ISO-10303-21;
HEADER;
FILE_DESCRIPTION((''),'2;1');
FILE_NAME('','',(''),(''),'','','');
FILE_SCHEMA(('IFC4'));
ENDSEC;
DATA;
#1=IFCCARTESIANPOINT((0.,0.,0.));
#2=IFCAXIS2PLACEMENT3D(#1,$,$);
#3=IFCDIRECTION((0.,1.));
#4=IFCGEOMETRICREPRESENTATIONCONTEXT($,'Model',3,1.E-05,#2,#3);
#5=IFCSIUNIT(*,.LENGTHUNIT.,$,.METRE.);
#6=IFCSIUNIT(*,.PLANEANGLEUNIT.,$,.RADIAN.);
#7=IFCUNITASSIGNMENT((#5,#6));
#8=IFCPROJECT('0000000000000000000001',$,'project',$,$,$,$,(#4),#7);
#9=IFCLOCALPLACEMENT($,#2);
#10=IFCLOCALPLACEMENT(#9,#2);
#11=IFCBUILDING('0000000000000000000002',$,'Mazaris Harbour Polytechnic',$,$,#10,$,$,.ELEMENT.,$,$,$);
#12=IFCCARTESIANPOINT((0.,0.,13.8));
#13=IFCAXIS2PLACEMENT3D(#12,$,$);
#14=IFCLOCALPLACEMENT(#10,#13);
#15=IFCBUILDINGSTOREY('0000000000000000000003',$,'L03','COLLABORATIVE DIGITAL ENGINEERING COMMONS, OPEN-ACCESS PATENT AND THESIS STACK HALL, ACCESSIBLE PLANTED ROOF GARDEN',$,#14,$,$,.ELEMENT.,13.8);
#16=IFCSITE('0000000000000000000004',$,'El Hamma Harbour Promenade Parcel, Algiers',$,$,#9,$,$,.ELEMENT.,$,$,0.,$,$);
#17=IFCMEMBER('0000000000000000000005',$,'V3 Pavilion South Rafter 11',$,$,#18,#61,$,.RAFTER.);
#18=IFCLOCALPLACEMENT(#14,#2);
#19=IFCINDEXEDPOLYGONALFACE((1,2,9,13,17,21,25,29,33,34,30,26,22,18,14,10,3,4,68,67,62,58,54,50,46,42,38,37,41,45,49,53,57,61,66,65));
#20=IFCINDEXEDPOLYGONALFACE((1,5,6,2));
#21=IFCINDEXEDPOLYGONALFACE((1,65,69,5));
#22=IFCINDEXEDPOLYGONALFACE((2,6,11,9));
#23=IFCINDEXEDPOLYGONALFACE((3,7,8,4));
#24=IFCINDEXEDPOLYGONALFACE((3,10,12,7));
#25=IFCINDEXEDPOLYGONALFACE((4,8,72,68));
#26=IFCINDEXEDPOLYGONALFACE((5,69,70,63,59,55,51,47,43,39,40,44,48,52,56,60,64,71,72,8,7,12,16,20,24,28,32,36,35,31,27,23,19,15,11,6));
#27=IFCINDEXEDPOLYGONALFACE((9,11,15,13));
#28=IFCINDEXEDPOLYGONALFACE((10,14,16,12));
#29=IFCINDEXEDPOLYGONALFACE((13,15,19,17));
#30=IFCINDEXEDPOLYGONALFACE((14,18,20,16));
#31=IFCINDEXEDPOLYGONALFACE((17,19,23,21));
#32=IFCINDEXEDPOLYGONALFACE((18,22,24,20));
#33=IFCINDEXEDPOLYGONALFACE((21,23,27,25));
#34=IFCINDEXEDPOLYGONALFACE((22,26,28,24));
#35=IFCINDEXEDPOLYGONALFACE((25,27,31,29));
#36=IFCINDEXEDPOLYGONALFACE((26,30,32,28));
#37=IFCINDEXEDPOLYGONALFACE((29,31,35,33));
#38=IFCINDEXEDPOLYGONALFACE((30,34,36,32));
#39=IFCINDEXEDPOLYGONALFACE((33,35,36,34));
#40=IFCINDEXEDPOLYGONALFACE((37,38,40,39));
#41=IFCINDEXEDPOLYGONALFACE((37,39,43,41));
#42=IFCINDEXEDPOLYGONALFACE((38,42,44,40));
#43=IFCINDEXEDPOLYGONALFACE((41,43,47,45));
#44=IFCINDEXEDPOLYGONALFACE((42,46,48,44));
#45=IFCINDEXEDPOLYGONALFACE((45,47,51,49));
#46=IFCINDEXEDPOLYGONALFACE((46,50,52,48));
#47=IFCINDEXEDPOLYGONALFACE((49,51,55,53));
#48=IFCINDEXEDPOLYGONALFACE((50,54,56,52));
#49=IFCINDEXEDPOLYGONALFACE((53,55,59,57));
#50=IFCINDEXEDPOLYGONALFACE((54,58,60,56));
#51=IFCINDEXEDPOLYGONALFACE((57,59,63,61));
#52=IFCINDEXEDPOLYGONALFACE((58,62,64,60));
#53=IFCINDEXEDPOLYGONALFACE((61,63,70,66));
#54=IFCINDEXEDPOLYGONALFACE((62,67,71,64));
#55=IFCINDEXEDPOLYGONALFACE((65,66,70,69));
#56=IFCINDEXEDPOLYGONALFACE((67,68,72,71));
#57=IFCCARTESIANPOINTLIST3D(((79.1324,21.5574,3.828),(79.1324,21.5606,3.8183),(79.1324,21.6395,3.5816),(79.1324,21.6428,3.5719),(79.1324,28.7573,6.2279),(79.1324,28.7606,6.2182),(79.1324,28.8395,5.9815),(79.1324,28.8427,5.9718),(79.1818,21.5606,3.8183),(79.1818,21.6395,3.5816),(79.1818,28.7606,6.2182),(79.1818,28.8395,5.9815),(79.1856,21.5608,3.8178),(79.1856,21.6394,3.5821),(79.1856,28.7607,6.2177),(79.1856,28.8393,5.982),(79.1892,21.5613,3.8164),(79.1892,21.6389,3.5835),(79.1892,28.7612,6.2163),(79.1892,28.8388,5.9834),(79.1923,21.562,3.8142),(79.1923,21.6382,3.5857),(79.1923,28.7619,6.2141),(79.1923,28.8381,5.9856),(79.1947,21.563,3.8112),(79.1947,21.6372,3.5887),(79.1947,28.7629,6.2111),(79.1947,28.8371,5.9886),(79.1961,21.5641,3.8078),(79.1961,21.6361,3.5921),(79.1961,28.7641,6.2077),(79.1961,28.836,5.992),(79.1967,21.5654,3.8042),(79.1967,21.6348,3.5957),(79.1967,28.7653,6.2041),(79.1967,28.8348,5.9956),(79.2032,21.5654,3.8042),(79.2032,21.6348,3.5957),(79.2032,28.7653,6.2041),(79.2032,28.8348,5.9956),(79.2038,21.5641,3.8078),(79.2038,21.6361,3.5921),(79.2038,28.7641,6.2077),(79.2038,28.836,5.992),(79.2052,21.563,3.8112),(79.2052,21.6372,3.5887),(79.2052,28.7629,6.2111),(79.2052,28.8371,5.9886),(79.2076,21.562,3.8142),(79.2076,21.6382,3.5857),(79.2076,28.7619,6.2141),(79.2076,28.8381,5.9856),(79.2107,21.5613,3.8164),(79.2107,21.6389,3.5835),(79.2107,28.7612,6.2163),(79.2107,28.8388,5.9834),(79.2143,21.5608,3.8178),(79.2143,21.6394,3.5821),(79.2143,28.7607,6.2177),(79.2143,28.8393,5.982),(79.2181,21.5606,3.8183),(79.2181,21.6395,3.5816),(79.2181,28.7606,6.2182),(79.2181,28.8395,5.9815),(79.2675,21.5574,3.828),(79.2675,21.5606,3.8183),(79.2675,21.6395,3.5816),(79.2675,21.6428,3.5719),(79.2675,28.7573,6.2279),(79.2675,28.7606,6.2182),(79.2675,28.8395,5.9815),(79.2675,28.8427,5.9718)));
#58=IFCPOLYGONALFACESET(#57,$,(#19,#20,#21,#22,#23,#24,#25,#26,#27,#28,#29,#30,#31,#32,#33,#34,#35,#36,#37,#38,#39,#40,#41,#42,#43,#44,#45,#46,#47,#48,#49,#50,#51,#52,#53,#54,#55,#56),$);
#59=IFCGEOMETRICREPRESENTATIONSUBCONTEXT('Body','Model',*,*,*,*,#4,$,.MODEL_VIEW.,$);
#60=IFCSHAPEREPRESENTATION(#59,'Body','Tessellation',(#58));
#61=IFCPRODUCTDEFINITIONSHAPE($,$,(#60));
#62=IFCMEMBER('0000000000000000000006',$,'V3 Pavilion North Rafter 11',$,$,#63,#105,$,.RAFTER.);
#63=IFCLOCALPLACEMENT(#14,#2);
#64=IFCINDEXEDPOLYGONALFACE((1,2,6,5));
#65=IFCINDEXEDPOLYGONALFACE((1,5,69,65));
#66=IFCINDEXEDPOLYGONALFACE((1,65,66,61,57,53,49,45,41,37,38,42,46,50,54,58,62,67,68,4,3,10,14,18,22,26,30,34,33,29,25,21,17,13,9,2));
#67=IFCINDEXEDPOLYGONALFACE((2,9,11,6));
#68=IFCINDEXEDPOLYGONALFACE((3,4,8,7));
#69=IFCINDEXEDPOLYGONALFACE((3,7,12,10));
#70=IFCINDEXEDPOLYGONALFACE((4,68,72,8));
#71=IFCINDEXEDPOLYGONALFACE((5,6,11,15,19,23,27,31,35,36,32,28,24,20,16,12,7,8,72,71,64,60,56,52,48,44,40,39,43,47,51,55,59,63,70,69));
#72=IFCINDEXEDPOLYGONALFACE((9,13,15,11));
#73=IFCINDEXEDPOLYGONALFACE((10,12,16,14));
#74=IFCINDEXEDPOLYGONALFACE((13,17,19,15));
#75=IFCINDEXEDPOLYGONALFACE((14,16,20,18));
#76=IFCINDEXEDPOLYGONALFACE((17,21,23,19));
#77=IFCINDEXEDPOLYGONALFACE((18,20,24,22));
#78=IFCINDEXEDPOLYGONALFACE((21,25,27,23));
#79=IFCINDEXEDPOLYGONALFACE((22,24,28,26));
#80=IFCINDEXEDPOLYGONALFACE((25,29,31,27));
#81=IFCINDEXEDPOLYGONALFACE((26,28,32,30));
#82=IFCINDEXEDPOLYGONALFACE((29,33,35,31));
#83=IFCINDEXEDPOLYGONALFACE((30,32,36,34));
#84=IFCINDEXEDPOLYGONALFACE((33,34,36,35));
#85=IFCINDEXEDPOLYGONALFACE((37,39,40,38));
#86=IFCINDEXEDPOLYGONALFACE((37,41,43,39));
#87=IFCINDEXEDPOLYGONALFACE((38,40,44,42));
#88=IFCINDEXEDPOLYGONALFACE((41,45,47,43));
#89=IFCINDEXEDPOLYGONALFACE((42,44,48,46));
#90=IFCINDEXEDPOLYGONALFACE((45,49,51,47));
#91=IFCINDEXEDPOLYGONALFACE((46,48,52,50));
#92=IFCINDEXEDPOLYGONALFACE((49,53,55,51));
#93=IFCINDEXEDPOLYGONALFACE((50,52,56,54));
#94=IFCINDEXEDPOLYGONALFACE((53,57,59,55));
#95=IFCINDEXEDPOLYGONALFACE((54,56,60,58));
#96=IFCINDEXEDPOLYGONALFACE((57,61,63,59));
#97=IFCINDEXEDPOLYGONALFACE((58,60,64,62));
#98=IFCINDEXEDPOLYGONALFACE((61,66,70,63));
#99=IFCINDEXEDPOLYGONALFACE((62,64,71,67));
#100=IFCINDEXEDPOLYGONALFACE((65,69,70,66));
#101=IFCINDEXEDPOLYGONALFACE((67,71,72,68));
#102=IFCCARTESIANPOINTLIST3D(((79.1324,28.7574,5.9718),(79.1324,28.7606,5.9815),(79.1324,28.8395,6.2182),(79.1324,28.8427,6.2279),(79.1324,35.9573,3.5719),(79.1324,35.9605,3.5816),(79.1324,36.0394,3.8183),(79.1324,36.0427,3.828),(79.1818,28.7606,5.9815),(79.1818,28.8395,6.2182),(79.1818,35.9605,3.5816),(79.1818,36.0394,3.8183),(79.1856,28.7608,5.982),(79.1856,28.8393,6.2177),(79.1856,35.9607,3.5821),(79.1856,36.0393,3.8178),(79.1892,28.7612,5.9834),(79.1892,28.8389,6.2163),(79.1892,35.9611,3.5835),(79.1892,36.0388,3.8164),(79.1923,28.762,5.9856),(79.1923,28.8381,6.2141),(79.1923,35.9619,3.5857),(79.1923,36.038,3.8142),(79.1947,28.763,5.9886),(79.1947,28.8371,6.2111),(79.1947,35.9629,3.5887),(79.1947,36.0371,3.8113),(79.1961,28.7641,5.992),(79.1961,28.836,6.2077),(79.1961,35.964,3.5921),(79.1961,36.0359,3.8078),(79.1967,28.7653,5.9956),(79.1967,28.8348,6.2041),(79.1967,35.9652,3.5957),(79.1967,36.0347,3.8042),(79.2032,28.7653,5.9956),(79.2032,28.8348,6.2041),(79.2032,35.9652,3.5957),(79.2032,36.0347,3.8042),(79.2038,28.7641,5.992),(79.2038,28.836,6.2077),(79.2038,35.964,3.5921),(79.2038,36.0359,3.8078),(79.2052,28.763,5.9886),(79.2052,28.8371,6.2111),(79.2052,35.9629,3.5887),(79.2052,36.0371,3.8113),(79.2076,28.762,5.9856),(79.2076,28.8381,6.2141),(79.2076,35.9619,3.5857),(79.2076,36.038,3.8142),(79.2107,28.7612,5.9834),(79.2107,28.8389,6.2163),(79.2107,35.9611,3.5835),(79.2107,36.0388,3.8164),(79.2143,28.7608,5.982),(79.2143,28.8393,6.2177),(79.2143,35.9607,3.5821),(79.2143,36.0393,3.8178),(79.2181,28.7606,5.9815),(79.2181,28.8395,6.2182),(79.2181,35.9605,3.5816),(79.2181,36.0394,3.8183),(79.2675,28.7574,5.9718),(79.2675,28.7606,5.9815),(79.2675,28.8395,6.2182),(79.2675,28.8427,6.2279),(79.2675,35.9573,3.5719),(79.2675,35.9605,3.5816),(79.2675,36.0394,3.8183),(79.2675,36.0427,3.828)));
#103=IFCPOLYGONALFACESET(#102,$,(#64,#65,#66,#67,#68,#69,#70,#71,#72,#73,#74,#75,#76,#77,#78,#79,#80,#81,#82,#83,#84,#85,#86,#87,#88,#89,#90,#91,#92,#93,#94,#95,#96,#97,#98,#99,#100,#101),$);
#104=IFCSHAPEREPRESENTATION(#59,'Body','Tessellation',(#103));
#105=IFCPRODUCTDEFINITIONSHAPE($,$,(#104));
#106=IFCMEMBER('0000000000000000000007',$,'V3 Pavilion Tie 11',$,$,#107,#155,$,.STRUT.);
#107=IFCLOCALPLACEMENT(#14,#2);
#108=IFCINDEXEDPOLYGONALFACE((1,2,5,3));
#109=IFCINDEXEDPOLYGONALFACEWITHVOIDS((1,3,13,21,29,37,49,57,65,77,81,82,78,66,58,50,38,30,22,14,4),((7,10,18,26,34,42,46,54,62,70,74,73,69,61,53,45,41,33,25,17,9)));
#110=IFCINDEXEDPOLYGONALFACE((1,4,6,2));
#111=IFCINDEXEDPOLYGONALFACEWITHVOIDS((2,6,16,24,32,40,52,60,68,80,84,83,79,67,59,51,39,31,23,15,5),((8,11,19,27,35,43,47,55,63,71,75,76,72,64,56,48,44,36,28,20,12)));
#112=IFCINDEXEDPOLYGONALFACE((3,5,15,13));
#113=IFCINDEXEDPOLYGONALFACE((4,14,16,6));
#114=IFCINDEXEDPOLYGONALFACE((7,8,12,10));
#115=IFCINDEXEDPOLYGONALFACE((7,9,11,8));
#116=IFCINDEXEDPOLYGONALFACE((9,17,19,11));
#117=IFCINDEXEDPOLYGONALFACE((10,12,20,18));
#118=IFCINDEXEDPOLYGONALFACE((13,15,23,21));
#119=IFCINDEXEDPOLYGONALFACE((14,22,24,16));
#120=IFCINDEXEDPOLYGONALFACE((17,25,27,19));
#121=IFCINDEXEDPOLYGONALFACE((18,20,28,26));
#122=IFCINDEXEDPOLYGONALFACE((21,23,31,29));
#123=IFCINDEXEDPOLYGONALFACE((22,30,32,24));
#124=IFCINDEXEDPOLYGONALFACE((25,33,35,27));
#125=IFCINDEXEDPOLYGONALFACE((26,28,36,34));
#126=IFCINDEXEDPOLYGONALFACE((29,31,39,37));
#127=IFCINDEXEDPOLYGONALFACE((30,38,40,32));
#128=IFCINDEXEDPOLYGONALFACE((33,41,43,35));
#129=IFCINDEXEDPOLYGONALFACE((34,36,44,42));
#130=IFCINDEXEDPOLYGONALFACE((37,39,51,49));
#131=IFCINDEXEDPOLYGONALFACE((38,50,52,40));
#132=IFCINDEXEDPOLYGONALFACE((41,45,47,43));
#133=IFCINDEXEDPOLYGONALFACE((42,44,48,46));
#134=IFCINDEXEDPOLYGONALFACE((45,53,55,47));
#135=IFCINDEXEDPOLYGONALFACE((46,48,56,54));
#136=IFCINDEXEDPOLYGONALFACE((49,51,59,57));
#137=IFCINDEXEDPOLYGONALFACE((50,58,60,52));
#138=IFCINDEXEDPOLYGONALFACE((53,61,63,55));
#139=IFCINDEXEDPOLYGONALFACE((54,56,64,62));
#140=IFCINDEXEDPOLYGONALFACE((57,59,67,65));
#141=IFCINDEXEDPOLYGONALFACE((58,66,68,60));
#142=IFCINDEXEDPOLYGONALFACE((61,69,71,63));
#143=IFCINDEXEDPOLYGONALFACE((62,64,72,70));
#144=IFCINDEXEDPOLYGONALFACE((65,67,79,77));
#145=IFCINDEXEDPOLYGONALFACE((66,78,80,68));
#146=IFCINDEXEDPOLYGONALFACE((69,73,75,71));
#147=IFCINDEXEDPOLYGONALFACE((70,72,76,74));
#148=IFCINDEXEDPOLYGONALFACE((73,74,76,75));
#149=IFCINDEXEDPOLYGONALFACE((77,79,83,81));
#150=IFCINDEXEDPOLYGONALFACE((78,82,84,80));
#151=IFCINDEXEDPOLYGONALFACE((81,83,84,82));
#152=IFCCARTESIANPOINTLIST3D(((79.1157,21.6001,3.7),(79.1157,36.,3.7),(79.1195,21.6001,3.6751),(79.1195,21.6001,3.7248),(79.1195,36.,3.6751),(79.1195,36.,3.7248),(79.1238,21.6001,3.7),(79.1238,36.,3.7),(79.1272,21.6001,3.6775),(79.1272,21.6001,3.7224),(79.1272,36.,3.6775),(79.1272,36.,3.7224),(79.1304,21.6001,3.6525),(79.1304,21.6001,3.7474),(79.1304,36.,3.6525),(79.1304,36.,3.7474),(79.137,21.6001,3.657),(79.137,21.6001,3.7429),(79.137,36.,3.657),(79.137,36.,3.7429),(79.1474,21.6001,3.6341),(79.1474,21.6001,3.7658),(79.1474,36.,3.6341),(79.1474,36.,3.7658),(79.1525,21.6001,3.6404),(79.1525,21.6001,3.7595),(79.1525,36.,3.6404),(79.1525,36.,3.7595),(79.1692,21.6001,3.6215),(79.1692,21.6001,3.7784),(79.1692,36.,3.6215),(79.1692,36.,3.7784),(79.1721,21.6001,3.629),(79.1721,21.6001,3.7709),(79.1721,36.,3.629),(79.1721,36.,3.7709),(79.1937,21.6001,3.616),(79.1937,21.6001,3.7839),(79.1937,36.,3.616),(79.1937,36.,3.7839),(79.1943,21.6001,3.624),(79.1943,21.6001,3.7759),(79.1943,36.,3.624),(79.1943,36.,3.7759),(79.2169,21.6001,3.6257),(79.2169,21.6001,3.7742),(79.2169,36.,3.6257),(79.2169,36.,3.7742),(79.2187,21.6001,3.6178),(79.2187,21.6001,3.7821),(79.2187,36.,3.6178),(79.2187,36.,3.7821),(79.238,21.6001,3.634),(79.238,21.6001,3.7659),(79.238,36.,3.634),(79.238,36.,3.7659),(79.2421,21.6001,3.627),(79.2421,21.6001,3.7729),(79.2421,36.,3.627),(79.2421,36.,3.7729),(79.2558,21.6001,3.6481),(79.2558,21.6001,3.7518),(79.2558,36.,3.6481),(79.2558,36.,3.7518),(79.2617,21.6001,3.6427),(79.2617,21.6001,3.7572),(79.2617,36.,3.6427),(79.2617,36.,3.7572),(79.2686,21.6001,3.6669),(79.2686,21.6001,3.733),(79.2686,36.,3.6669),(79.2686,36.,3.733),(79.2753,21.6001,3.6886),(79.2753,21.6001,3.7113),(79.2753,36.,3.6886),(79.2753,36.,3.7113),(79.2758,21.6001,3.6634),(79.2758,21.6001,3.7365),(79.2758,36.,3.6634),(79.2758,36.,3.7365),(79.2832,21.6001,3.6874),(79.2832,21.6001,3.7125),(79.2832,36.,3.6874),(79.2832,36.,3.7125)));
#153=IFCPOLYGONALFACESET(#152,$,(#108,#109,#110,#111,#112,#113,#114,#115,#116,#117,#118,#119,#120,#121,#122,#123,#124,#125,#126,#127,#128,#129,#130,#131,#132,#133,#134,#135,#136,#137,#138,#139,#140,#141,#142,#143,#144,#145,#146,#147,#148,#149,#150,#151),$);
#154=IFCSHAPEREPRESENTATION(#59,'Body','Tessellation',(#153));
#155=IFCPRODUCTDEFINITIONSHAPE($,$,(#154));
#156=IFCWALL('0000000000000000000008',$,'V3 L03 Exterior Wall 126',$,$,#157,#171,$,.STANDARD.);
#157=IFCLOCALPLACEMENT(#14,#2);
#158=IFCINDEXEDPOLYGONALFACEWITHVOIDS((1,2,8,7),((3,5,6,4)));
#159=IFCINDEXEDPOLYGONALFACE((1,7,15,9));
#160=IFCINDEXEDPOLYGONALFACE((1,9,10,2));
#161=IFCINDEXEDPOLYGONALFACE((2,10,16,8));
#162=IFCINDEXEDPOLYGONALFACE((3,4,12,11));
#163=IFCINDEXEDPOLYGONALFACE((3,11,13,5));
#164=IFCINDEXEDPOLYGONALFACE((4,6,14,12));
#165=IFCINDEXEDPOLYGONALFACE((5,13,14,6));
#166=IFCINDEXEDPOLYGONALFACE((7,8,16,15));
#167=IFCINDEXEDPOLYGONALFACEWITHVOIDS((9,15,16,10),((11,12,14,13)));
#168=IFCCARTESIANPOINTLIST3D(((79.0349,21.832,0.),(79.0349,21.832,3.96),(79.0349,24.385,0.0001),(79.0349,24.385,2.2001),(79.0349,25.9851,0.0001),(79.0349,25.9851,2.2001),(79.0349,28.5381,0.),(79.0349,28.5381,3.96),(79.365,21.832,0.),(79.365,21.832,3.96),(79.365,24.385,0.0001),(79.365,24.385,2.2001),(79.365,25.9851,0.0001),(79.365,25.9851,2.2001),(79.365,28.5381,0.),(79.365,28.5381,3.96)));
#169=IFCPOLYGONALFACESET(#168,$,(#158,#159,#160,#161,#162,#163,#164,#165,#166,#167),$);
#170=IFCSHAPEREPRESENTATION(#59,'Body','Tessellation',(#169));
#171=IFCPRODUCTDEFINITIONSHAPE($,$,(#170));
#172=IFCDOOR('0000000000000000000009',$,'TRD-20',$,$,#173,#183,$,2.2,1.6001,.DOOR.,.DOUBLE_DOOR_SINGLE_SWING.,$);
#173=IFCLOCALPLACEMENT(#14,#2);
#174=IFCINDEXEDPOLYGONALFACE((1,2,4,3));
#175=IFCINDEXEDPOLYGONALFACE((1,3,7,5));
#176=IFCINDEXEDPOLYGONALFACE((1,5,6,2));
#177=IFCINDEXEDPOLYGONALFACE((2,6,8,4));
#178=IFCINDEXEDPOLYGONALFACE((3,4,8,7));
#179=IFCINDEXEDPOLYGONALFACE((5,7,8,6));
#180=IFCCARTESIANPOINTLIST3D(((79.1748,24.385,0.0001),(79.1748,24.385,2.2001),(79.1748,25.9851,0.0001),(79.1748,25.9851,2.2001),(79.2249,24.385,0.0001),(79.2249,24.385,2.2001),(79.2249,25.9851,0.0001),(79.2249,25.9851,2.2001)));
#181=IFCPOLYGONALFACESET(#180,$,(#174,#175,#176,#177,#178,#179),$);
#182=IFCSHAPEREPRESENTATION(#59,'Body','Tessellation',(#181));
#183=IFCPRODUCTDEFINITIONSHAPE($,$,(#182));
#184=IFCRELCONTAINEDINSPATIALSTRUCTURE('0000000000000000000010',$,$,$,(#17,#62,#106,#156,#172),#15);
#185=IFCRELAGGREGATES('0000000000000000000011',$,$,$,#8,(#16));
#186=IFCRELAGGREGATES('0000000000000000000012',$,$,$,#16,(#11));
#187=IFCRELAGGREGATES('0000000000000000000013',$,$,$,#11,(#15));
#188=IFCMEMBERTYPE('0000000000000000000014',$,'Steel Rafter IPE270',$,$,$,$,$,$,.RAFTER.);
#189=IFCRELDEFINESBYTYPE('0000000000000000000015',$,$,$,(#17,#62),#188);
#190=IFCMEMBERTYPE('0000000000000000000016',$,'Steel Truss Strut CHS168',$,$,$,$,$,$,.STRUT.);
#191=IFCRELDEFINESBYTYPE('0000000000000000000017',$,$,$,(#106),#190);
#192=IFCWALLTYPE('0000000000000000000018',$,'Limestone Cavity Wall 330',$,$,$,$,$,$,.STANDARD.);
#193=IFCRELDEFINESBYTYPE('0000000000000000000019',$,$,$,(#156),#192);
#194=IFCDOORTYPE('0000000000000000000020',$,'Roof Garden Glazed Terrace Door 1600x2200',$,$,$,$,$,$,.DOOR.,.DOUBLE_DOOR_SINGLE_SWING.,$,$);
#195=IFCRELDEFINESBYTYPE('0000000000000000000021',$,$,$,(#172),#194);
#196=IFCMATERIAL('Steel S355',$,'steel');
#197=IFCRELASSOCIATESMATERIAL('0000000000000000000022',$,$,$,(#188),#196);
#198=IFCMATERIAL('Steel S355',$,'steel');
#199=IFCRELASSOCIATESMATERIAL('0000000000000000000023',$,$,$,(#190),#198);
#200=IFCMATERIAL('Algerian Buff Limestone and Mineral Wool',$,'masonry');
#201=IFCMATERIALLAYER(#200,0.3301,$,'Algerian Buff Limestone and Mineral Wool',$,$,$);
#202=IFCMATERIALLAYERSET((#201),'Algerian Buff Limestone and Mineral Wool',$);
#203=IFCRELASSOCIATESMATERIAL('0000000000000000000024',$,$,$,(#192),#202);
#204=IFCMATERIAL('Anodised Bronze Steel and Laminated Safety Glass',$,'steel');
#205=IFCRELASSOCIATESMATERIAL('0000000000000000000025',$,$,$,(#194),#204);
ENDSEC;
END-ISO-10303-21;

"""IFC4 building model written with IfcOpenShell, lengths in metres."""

from ifc_helpers import new_model, si_unit, direction, frame, frame_2d, origin, origin_2d, place, context, subcontext, project, spatial, rectangle, hollow_circle, i_section, extrude, material, layer, layer_set, material_profile, profile_set, type_object, element, fill, save


model = new_model("IFC4")

# Units and contexts
model_context = context("Model", 3, precision=1e-05, world=origin(), true_north=direction((0.0, 1.0)))
body_context = subcontext(model_context, "Body", "Model", "MODEL_VIEW")
ifc_project = project(units=[si_unit("LENGTHUNIT", "METRE"), si_unit("PLANEANGLEUNIT", "RADIAN")], contexts=[model_context])

# Site, building, storey
site_placement = place(None, origin())
site = spatial("IfcSite", under=ifc_project, at=site_placement, Name="El Hamma Harbour Promenade Parcel, Algiers", CompositionType="ELEMENT", RefElevation=0.0)
building_placement = place(site_placement, origin())
building = spatial("IfcBuilding", under=site, at=building_placement, Name="Mazaris Harbour Polytechnic", CompositionType="ELEMENT")
storey_placement = place(building_placement, frame((0.0, 0.0, 13.8)))
storey = spatial("IfcBuildingStorey", under=building, at=storey_placement, Name="L03", Description="COLLABORATIVE DIGITAL ENGINEERING COMMONS, OPEN-ACCESS PATENT AND THESIS STACK HALL, ACCESSIBLE PLANTED ROOF GARDEN", CompositionType="ELEMENT", Elevation=13.8)

# Members
ifc_material_1 = material(Name="Steel S355", Category="steel")
ifc_material_profile_1 = material_profile(ifc_material_1, i_section(OverallWidth=0.135, OverallDepth=0.27, WebThickness=0.0066, FlangeThickness=0.0103, FilletRadius=0.0149, at=origin_2d()), Name="IPE 270")
ifc_profile_set_1 = profile_set([ifc_material_profile_1], Name="Steel S355")
member_type_1 = type_object("IfcMemberType", Name="Steel Rafter IPE270", PredefinedType="RAFTER", material=ifc_profile_set_1)
for number, where, z_axis, x_axis, name in (
    (1, (79.2, 21.6001, 3.7), (0.0, 0.948687, 0.316218), (-1.0, 0.0, 0.0), "V3 Pavilion South Rafter 11"),
    (2, (79.2, 28.8, 6.0999), (0.0, 0.948687, -0.316218), (-1.0, 0.0, 0.0), "V3 Pavilion North Rafter 11"),
):
    element("IfcMember", number, at=place(storey_placement, frame(where, z_axis=z_axis, x_axis=x_axis)), inside=storey, type_object=member_type_1, Name=name, PredefinedType="RAFTER", context=body_context, shape_type="SweptSolid", body=[
        extrude(i_section(OverallWidth=0.135, OverallDepth=0.27, WebThickness=0.0066, FlangeThickness=0.0103, FilletRadius=0.0149, at=origin_2d()), origin(), (0.0, 0.0, 1.0), 7.5894),
    ])
ifc_material_2 = material(Name="Steel S355", Category="steel")
ifc_material_profile_2 = material_profile(ifc_material_2, hollow_circle(Radius=0.0842, WallThickness=0.0081, at=origin_2d()), Name="CHS 168.3x8.0")
ifc_profile_set_2 = profile_set([ifc_material_profile_2], Name="Steel S355")
member_type_2 = type_object("IfcMemberType", Name="Steel Truss Strut CHS168", PredefinedType="STRUT", material=ifc_profile_set_2)
member_1_placement = place(storey_placement, frame((79.2, 21.6001, 3.7), z_axis=(0.0, 1.0, 0.0), x_axis=(-1.0, 0.0, 0.0)))
element("IfcMember", 3, at=member_1_placement, inside=storey, type_object=member_type_2, Name="V3 Pavilion Tie 11", PredefinedType="STRUT", context=body_context, shape_type="SweptSolid", body=[
    extrude(hollow_circle(Radius=0.0842, WallThickness=0.0081, at=origin_2d()), origin(), (0.0, 0.0, 1.0), 14.3999),
])

# Wall, opening, door
ifc_material_3 = material(Name="Algerian Buff Limestone and Mineral Wool", Category="masonry")
ifc_layer_1 = layer(ifc_material_3, 0.3301, Name="Algerian Buff Limestone and Mineral Wool")
ifc_layer_set_1 = layer_set([ifc_layer_1], Name="Algerian Buff Limestone and Mineral Wool")
wall_type = type_object("IfcWallType", Name="Limestone Cavity Wall 330", PredefinedType="STANDARD", material=ifc_layer_set_1)
wall_1_placement = place(storey_placement, frame((79.2, 28.5381, 0.0), z_axis=(0.0, 0.0, 1.0), x_axis=(0.0, -1.0, 0.0)))
wall_1 = element("IfcWall", 4, at=wall_1_placement, inside=storey, type_object=wall_type, Name="V3 L03 Exterior Wall 126", PredefinedType="STANDARD", context=body_context, shape_type="SweptSolid", body=[
    extrude(rectangle(XDim=6.7061, YDim=0.3301, at=frame_2d((3.353, 0.0))), origin(), (0.0, 0.0, 1.0), 3.96),
])
opening_1_placement = place(wall_1_placement, frame((2.553, 0.0, 0.0)))
opening_1 = element("IfcOpeningElement", 5, at=opening_1_placement, cuts=wall_1, PredefinedType="OPENING", context=body_context, shape_type="SweptSolid", body=[
    extrude(rectangle(XDim=1.6001, YDim=2.2, at=frame_2d((0.8, 1.1001))), frame((0.0, 0.175, 0.0), z_axis=(0.0, -1.0, 0.0), x_axis=(1.0, 0.0, 0.0)), (0.0, 0.0, 1.0), 0.3501),
])
ifc_material_4 = material(Name="Anodised Bronze Steel and Laminated Safety Glass", Category="steel")
door_type = type_object("IfcDoorType", Name="Roof Garden Glazed Terrace Door 1600x2200", OperationType="DOUBLE_DOOR_SINGLE_SWING", PredefinedType="DOOR", material=ifc_material_4)
door_placement = place(opening_1_placement, origin())
door = element("IfcDoor", 6, at=door_placement, inside=storey, type_object=door_type, Name="TRD-20", OperationType="DOUBLE_DOOR_SINGLE_SWING", OverallHeight=2.2, OverallWidth=1.6001, PredefinedType="DOOR", context=body_context, shape_type="SweptSolid", body=[
    extrude(rectangle(XDim=1.6001, YDim=2.2, at=frame_2d((0.8, 1.1001))), frame((0.0, 0.0249, 0.0), z_axis=(0.0, -1.0, 0.0), x_axis=(1.0, 0.0, 0.0)), (0.0, 0.0, 1.0), 0.05),
])
fill(opening_1, door)

save(model, "model.ifc")
